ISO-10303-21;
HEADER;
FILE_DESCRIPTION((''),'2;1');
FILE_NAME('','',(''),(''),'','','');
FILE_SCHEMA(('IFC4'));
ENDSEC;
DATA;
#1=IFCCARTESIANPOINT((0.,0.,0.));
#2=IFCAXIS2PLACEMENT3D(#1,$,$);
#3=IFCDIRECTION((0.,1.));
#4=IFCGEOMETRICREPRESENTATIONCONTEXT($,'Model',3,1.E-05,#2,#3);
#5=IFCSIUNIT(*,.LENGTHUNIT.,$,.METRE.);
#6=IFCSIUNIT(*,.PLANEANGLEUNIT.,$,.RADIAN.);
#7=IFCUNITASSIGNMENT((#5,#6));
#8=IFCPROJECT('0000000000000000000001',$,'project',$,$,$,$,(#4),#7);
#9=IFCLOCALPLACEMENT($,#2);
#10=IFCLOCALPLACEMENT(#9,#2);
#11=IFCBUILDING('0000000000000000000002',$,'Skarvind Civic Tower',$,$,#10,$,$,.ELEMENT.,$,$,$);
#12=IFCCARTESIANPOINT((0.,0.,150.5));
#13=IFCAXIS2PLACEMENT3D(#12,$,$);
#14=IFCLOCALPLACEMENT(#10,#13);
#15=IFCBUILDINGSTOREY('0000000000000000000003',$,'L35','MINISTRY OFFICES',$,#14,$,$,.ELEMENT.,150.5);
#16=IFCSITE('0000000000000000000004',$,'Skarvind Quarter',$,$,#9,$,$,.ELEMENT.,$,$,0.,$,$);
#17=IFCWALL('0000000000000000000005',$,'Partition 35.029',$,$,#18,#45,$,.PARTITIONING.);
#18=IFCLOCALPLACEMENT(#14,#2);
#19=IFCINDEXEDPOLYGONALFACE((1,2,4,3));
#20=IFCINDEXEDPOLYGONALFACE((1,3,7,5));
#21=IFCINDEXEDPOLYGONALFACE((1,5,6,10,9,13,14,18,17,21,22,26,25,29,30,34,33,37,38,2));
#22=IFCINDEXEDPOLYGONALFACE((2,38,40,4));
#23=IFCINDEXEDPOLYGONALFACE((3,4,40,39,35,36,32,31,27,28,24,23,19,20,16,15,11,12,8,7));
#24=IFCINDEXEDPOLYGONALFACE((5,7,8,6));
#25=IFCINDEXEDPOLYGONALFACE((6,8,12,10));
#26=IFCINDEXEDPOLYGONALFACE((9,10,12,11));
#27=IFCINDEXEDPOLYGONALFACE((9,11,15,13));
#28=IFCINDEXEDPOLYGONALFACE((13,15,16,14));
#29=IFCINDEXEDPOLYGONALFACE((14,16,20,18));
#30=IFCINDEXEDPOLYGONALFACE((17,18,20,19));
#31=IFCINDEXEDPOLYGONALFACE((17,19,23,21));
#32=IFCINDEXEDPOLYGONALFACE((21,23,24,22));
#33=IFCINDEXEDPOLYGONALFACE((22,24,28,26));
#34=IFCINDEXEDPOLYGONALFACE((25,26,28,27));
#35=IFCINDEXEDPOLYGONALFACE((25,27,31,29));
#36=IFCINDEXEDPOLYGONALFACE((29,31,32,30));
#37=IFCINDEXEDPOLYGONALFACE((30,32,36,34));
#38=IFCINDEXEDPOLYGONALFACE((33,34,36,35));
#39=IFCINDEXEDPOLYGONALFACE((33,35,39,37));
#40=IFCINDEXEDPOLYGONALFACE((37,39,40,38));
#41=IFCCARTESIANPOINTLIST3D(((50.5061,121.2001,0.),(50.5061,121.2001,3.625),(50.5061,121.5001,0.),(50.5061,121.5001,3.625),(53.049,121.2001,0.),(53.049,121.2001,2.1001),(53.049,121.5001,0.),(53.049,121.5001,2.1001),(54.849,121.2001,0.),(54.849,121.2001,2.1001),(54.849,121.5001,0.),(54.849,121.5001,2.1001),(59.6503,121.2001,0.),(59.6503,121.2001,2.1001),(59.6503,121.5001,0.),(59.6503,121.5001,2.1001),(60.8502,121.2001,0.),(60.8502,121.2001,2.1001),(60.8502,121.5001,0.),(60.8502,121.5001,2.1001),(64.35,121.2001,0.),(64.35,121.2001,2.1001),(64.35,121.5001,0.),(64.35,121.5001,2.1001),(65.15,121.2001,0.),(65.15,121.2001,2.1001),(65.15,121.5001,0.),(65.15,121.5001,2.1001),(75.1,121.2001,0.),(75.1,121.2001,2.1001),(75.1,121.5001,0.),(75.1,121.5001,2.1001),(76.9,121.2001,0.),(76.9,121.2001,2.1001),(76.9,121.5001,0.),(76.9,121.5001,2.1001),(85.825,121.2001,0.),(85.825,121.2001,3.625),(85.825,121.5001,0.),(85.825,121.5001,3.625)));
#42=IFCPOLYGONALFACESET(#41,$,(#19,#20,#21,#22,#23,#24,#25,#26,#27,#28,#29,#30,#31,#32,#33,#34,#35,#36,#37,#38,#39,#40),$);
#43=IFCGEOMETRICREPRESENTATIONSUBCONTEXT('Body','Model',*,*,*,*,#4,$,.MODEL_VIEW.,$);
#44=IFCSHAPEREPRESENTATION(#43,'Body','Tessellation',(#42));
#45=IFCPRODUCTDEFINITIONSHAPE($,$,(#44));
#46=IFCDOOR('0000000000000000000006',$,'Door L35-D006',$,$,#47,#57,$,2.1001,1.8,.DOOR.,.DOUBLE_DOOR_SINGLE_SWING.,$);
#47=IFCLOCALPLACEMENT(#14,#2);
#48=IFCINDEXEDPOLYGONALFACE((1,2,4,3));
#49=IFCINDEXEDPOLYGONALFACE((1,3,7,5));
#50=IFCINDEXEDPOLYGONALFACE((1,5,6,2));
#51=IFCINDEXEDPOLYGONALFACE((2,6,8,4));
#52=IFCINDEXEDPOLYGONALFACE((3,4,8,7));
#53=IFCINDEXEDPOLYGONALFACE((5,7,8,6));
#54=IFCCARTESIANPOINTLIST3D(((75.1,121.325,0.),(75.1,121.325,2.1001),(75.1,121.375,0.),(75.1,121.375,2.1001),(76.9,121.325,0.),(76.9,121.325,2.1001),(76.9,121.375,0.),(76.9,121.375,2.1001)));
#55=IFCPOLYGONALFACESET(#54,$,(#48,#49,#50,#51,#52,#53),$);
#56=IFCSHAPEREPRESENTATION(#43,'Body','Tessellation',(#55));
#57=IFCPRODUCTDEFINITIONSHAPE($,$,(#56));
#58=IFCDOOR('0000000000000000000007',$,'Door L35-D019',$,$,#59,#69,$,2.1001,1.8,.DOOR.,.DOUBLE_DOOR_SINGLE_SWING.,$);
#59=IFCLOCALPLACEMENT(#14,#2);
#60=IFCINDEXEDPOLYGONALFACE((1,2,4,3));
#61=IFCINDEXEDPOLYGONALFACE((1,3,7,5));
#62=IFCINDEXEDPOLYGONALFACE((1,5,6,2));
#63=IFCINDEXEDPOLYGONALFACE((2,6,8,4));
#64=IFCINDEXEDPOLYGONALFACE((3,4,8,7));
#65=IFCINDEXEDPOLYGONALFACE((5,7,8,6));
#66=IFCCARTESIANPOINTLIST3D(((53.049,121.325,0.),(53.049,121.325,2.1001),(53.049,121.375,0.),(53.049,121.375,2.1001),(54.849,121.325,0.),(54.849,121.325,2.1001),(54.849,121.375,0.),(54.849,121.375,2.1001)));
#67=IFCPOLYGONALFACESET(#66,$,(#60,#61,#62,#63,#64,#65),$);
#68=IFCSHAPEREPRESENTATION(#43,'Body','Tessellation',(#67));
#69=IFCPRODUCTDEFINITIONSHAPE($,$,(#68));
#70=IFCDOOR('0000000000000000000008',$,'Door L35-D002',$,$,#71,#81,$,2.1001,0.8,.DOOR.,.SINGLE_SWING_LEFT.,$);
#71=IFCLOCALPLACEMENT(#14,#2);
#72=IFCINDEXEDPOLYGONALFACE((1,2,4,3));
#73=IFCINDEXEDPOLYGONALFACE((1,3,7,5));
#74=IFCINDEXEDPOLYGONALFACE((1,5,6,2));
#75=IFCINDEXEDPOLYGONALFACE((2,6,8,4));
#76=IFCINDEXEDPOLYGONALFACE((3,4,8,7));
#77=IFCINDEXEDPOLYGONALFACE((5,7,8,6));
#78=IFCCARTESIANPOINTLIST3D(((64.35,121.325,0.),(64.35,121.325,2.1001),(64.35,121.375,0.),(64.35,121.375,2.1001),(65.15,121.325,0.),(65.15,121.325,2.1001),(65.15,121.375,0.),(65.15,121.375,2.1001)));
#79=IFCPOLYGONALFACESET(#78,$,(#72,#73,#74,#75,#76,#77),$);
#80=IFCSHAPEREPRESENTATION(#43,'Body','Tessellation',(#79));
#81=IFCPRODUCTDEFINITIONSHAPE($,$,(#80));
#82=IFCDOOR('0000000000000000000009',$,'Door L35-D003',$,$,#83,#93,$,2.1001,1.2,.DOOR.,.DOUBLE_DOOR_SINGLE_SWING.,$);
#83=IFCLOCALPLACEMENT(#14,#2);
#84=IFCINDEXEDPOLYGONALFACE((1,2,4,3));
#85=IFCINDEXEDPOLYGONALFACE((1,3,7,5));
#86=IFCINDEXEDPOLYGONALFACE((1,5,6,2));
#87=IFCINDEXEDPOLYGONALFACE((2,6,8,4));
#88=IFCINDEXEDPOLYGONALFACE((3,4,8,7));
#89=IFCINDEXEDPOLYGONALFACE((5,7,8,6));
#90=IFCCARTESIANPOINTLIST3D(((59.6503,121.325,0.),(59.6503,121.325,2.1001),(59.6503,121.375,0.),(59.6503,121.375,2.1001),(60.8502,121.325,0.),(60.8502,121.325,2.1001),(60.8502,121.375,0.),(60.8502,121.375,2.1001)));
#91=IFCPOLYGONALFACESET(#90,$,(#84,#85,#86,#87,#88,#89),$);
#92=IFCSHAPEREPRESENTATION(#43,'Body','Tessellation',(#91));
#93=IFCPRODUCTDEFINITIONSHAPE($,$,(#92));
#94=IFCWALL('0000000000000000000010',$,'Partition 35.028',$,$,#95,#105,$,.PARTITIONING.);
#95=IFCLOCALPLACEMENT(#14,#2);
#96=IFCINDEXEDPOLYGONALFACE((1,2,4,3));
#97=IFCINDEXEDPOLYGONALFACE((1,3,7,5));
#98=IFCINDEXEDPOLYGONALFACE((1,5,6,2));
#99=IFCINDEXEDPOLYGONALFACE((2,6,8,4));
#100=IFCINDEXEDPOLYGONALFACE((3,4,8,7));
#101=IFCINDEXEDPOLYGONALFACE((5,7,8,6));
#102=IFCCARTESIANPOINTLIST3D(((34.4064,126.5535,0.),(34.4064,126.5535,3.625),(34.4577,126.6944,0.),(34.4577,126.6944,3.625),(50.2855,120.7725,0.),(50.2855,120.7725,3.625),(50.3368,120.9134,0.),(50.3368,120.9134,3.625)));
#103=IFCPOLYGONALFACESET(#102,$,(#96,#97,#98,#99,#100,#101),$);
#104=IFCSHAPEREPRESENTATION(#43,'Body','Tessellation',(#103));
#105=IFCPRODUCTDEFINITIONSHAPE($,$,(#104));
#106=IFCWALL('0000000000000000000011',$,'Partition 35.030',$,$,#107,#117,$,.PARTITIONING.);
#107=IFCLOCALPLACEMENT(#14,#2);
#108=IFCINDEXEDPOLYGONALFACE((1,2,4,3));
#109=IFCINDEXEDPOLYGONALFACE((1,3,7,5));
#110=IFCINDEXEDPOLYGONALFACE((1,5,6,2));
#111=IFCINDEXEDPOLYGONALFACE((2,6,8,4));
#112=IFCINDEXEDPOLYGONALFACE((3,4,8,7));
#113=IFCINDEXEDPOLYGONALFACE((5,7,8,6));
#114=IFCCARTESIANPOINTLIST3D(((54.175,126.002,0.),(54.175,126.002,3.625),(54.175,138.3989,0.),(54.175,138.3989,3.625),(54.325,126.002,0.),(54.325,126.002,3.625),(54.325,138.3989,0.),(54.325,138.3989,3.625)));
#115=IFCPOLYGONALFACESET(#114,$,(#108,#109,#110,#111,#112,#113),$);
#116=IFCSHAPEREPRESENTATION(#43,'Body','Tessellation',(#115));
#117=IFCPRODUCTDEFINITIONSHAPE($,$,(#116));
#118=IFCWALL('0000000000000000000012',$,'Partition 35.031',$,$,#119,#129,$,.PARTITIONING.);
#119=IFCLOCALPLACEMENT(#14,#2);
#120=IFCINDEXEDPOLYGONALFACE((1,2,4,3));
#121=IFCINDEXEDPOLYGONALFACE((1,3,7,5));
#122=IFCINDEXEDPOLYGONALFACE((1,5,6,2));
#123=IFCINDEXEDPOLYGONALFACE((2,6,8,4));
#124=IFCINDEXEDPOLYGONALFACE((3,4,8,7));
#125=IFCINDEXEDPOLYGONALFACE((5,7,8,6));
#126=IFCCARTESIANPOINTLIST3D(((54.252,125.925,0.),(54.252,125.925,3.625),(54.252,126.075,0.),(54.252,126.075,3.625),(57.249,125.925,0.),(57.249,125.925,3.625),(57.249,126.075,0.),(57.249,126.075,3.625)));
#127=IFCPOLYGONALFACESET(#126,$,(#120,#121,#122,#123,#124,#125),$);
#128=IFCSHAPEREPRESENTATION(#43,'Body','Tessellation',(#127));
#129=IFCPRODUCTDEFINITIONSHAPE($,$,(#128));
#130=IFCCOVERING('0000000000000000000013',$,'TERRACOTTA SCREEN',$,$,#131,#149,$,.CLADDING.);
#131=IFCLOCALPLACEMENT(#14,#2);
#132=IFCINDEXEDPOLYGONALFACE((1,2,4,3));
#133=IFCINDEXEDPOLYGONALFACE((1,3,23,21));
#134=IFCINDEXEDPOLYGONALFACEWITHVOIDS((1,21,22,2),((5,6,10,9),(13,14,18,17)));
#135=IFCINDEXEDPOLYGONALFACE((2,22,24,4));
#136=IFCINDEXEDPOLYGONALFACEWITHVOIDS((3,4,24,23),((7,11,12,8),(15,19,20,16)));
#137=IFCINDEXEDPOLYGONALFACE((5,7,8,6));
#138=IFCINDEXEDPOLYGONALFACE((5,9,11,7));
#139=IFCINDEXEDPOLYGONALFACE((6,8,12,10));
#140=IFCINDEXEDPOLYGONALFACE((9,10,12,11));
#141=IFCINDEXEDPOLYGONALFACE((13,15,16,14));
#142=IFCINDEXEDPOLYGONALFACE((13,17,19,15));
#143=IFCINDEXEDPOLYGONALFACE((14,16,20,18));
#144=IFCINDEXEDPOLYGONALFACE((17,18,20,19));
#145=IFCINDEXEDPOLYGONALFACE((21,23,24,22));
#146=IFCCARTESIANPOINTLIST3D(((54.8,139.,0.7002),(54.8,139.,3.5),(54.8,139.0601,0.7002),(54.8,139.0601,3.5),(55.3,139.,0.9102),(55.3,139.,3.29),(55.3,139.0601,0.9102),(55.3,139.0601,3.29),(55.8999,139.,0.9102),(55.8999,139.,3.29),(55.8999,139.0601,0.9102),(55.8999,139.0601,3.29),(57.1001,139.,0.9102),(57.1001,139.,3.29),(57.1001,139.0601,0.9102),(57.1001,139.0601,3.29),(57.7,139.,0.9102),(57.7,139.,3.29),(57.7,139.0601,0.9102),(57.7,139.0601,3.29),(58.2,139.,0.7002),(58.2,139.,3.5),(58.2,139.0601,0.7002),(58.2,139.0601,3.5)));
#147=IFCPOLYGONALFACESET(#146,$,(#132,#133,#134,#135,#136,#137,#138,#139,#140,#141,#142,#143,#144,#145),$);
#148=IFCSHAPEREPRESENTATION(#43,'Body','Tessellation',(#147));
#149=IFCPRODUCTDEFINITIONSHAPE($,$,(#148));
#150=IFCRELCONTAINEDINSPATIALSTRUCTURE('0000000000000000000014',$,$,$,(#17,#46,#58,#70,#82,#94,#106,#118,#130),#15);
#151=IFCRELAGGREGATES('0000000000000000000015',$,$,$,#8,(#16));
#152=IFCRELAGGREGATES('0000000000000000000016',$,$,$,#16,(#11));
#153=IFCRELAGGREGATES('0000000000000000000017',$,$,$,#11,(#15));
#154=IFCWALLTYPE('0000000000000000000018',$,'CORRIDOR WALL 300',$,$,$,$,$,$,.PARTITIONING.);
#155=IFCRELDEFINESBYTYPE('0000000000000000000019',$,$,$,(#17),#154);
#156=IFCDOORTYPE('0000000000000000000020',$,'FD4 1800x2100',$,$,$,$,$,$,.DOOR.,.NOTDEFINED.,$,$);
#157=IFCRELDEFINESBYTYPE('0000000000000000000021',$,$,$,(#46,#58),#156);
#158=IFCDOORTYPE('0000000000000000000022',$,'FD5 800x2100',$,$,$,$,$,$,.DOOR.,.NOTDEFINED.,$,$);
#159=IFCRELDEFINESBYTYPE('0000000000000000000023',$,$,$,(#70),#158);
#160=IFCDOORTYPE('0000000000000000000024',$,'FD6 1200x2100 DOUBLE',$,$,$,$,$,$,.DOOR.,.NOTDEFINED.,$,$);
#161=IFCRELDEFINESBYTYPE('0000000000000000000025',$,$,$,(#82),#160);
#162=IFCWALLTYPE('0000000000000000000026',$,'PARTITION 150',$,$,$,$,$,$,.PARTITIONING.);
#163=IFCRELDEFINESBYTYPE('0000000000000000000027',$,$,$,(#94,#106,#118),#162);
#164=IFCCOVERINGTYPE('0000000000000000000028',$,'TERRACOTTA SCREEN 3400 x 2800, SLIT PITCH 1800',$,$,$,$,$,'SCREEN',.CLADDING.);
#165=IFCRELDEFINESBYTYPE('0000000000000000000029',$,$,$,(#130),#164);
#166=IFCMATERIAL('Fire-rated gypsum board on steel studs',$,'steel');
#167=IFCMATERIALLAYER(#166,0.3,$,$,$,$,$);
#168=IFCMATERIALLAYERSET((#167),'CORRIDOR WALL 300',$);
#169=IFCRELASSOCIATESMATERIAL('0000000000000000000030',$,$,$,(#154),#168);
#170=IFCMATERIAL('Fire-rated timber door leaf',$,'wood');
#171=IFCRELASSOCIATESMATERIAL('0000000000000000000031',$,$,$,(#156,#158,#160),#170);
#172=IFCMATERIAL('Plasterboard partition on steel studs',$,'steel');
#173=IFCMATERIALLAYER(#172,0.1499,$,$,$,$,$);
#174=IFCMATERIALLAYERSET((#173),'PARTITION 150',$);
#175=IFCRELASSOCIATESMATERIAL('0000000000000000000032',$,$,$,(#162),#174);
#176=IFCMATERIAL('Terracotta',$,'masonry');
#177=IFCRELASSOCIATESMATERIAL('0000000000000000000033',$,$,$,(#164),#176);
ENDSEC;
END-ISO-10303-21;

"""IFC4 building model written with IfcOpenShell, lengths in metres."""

from ifc_helpers import new_model, si_unit, direction, frame, frame_2d, origin, place, context, subcontext, project, spatial, polyline, rectangle, outline, extrude, material, layer, layer_set, material_profile, profile_set, type_object, element, fill, save


model = new_model("IFC4")

# Units and contexts
model_context = context("Model", 3, precision=1e-05, world=origin(), true_north=direction((0.0, 1.0)))
body_context = subcontext(model_context, "Body", "Model", "MODEL_VIEW")
ifc_project = project(units=[si_unit("LENGTHUNIT", "METRE"), si_unit("PLANEANGLEUNIT", "RADIAN")], contexts=[model_context])

# Site, building, storey
site_placement = place(None, origin())
site = spatial("IfcSite", under=ifc_project, at=site_placement, Name="Skarvind Quarter", CompositionType="ELEMENT", RefElevation=0.0)
building_placement = place(site_placement, origin())
building = spatial("IfcBuilding", under=site, at=building_placement, Name="Skarvind Civic Tower", CompositionType="ELEMENT")
storey_placement = place(building_placement, frame((0.0, 0.0, 150.5)))
storey = spatial("IfcBuildingStorey", under=building, at=storey_placement, Name="L35", Description="MINISTRY OFFICES", CompositionType="ELEMENT", Elevation=150.5)

# Wall, openings, doors
ifc_material_1 = material(Name="Fire-rated gypsum board on steel studs", Category="steel")
ifc_layer_1 = layer(ifc_material_1, 0.3)
ifc_layer_set_1 = layer_set([ifc_layer_1], Name="CORRIDOR WALL 300")
wall_type_1 = type_object("IfcWallType", Name="CORRIDOR WALL 300", PredefinedType="PARTITIONING", material=ifc_layer_set_1)
wall_1_placement = place(storey_placement, frame((50.5061, 121.3501, 0.0), z_axis=(0.0, 0.0, 1.0), x_axis=(1.0, 0.0, 0.0)))
wall_1 = element("IfcWall", 1, at=wall_1_placement, inside=storey, type_object=wall_type_1, Name="Partition 35.029", PredefinedType="PARTITIONING", context=body_context, shape_type="SweptSolid", body=[
    extrude(rectangle(XDim=35.3188, YDim=0.3, at=frame_2d((17.6594, 0.0))), origin(), (0.0, 0.0, 1.0), 3.625),
])
opening_1_placement = place(wall_1_placement, frame((13.844, 0.0, 0.0)))
opening_1 = element("IfcOpeningElement", 2, at=opening_1_placement, cuts=wall_1, PredefinedType="OPENING", context=body_context, shape_type="SweptSolid", body=[
    extrude(rectangle(XDim=0.8, YDim=2.1001, at=frame_2d((0.3999, 1.05))), frame((0.0, 0.1599, 0.0), z_axis=(0.0, -1.0, 0.0), x_axis=(1.0, 0.0, 0.0)), (0.0, 0.0, 1.0), 0.3201),
])
opening_2_placement = place(wall_1_placement, frame((9.144, 0.0, 0.0)))
opening_2 = element("IfcOpeningElement", 3, at=opening_2_placement, cuts=wall_1, PredefinedType="OPENING", context=body_context, shape_type="SweptSolid", body=[
    extrude(rectangle(XDim=1.2, YDim=2.1001, at=frame_2d((0.6001, 1.05))), frame((0.0, 0.1599, 0.0), z_axis=(0.0, -1.0, 0.0), x_axis=(1.0, 0.0, 0.0)), (0.0, 0.0, 1.0), 0.3201),
])
opening_3_placement = place(wall_1_placement, frame((24.594, 0.0, 0.0)))
opening_3 = element("IfcOpeningElement", 4, at=opening_3_placement, cuts=wall_1, PredefinedType="OPENING", context=body_context, shape_type="SweptSolid", body=[
    extrude(rectangle(XDim=1.8, YDim=2.1001, at=frame_2d((0.8999, 1.05))), frame((0.0, 0.1599, 0.0), z_axis=(0.0, -1.0, 0.0), x_axis=(1.0, 0.0, 0.0)), (0.0, 0.0, 1.0), 0.3201),
])
opening_4_placement = place(wall_1_placement, frame((2.543, 0.0, 0.0)))
opening_4 = element("IfcOpeningElement", 5, at=opening_4_placement, cuts=wall_1, PredefinedType="OPENING", context=body_context, shape_type="SweptSolid", body=[
    extrude(rectangle(XDim=1.8, YDim=2.1001, at=frame_2d((0.8999, 1.05))), frame((0.0, 0.1599, 0.0), z_axis=(0.0, -1.0, 0.0), x_axis=(1.0, 0.0, 0.0)), (0.0, 0.0, 1.0), 0.3201),
])
ifc_material_2 = material(Name="Fire-rated timber door leaf", Category="wood")
door_type_1 = type_object("IfcDoorType", Name="FD4 1800x2100", OperationType="NOTDEFINED", PredefinedType="DOOR", material=ifc_material_2)
door_1_placement = place(opening_3_placement, origin())
door_1 = element("IfcDoor", 6, at=door_1_placement, inside=storey, type_object=door_type_1, Name="Door L35-D006", OperationType="DOUBLE_DOOR_SINGLE_SWING", OverallHeight=2.1001, OverallWidth=1.8, PredefinedType="DOOR", context=body_context, shape_type="SweptSolid", body=[
    extrude(rectangle(XDim=1.8, YDim=2.1001, at=frame_2d((0.8999, 1.05))), frame((0.0, 0.0249, 0.0), z_axis=(0.0, -1.0, 0.0), x_axis=(1.0, 0.0, 0.0)), (0.0, 0.0, 1.0), 0.05),
])
fill(opening_3, door_1)
door_2_placement = place(opening_4_placement, origin())
door_2 = element("IfcDoor", 7, at=door_2_placement, inside=storey, type_object=door_type_1, Name="Door L35-D019", OperationType="DOUBLE_DOOR_SINGLE_SWING", OverallHeight=2.1001, OverallWidth=1.8, PredefinedType="DOOR", context=body_context, shape_type="SweptSolid", body=[
    extrude(rectangle(XDim=1.8, YDim=2.1001, at=frame_2d((0.8999, 1.05))), frame((0.0, 0.0249, 0.0), z_axis=(0.0, -1.0, 0.0), x_axis=(1.0, 0.0, 0.0)), (0.0, 0.0, 1.0), 0.05),
])
fill(opening_4, door_2)
door_type_2 = type_object("IfcDoorType", Name="FD5 800x2100", OperationType="NOTDEFINED", PredefinedType="DOOR", material=ifc_material_2)
door_3_placement = place(opening_1_placement, origin())
door_3 = element("IfcDoor", 8, at=door_3_placement, inside=storey, type_object=door_type_2, Name="Door L35-D002", OperationType="SINGLE_SWING_LEFT", OverallHeight=2.1001, OverallWidth=0.8, PredefinedType="DOOR", context=body_context, shape_type="SweptSolid", body=[
    extrude(rectangle(XDim=0.8, YDim=2.1001, at=frame_2d((0.3999, 1.05))), frame((0.0, 0.0249, 0.0), z_axis=(0.0, -1.0, 0.0), x_axis=(1.0, 0.0, 0.0)), (0.0, 0.0, 1.0), 0.05),
])
fill(opening_1, door_3)
door_type_3 = type_object("IfcDoorType", Name="FD6 1200x2100 DOUBLE", OperationType="NOTDEFINED", PredefinedType="DOOR", material=ifc_material_2)
door_4_placement = place(opening_2_placement, origin())
door_4 = element("IfcDoor", 9, at=door_4_placement, inside=storey, type_object=door_type_3, Name="Door L35-D003", OperationType="DOUBLE_DOOR_SINGLE_SWING", OverallHeight=2.1001, OverallWidth=1.2, PredefinedType="DOOR", context=body_context, shape_type="SweptSolid", body=[
    extrude(rectangle(XDim=1.2, YDim=2.1001, at=frame_2d((0.6001, 1.05))), frame((0.0, 0.0249, 0.0), z_axis=(0.0, -1.0, 0.0), x_axis=(1.0, 0.0, 0.0)), (0.0, 0.0, 1.0), 0.05),
])
fill(opening_2, door_4)

# Walls
ifc_material_3 = material(Name="Plasterboard partition on steel studs", Category="steel")
ifc_layer_2 = layer(ifc_material_3, 0.1499)
ifc_layer_set_2 = layer_set([ifc_layer_2], Name="PARTITION 150")
wall_type_2 = type_object("IfcWallType", Name="PARTITION 150", PredefinedType="PARTITIONING", material=ifc_layer_set_2)
wall_2_placement = place(storey_placement, frame((50.311, 120.843, 0.0), z_axis=(0.0, 0.0, 1.0), x_axis=(-0.939665, 0.342097, 0.0)))
element("IfcWall", 10, at=wall_2_placement, inside=storey, type_object=wall_type_2, Name="Partition 35.028", PredefinedType="PARTITIONING", context=body_context, shape_type="SweptSolid", body=[
    extrude(rectangle(XDim=16.8987, YDim=0.1499, at=frame_2d((8.4492, 0.0))), origin(), (0.0, 0.0, 1.0), 3.625),
])
wall_3_placement = place(storey_placement, frame((54.25, 138.3989, 0.0), z_axis=(0.0, 0.0, 1.0), x_axis=(0.0, -1.0, 0.0)))
element("IfcWall", 11, at=wall_3_placement, inside=storey, type_object=wall_type_2, Name="Partition 35.030", PredefinedType="PARTITIONING", context=body_context, shape_type="SweptSolid", body=[
    extrude(rectangle(XDim=12.397, YDim=0.1499, at=frame_2d((6.1985, 0.0))), origin(), (0.0, 0.0, 1.0), 3.625),
])
wall_4_placement = place(storey_placement, frame((54.252, 126.0, 0.0), z_axis=(0.0, 0.0, 1.0), x_axis=(1.0, 0.0, 0.0)))
element("IfcWall", 12, at=wall_4_placement, inside=storey, type_object=wall_type_2, Name="Partition 35.031", PredefinedType="PARTITIONING", context=body_context, shape_type="SweptSolid", body=[
    extrude(rectangle(XDim=2.9971, YDim=0.1499, at=frame_2d((1.4985, 0.0))), origin(), (0.0, 0.0, 1.0), 3.625),
])

# Covering
ifc_material_4 = material(Name="Terracotta", Category="masonry")
ifc_material_profile_1 = material_profile(ifc_material_4, outline(polyline([(-1.7, -1.3999), (1.7, -1.3999), (1.7, 1.3999), (-1.7, 1.3999), (-1.7, -1.3999)]), holes=[polyline([(-1.2, -1.1899), (-0.6001, -1.1899), (-0.6001, 1.1899), (-1.2, 1.1899), (-1.2, -1.1899)]), polyline([(0.6001, -1.1899), (1.2, -1.1899), (1.2, 1.1899), (0.6001, 1.1899), (0.6001, -1.1899)])]), Name="TERRACOTTA SCREEN 3400 x 2800, SLIT PITCH 1800")
ifc_profile_set_1 = profile_set([ifc_material_profile_1], Name="Terracotta")
covering_type = type_object("IfcCoveringType", Name="TERRACOTTA SCREEN 3400 x 2800, SLIT PITCH 1800", ElementType="SCREEN", PredefinedType="CLADDING", material=ifc_profile_set_1)
covering_placement = place(storey_placement, frame((56.5, 139.0, 2.1001), z_axis=(0.0, 1.0, 0.0), x_axis=(-1.0, 0.0, 0.0)))
element("IfcCovering", 13, at=covering_placement, inside=storey, type_object=covering_type, Name="TERRACOTTA SCREEN", PredefinedType="CLADDING", context=body_context, shape_type="SweptSolid", body=[
    extrude(outline(polyline([(-1.7, -1.3999), (1.7, -1.3999), (1.7, 1.3999), (-1.7, 1.3999), (-1.7, -1.3999)]), holes=[polyline([(-1.2, -1.1899), (-0.6001, -1.1899), (-0.6001, 1.1899), (-1.2, 1.1899), (-1.2, -1.1899)]), polyline([(0.6001, -1.1899), (1.2, -1.1899), (1.2, 1.1899), (0.6001, 1.1899), (0.6001, -1.1899)])]), origin(), (0.0, 0.0, 1.0), 0.0601),
])

save(model, "model.ifc")
